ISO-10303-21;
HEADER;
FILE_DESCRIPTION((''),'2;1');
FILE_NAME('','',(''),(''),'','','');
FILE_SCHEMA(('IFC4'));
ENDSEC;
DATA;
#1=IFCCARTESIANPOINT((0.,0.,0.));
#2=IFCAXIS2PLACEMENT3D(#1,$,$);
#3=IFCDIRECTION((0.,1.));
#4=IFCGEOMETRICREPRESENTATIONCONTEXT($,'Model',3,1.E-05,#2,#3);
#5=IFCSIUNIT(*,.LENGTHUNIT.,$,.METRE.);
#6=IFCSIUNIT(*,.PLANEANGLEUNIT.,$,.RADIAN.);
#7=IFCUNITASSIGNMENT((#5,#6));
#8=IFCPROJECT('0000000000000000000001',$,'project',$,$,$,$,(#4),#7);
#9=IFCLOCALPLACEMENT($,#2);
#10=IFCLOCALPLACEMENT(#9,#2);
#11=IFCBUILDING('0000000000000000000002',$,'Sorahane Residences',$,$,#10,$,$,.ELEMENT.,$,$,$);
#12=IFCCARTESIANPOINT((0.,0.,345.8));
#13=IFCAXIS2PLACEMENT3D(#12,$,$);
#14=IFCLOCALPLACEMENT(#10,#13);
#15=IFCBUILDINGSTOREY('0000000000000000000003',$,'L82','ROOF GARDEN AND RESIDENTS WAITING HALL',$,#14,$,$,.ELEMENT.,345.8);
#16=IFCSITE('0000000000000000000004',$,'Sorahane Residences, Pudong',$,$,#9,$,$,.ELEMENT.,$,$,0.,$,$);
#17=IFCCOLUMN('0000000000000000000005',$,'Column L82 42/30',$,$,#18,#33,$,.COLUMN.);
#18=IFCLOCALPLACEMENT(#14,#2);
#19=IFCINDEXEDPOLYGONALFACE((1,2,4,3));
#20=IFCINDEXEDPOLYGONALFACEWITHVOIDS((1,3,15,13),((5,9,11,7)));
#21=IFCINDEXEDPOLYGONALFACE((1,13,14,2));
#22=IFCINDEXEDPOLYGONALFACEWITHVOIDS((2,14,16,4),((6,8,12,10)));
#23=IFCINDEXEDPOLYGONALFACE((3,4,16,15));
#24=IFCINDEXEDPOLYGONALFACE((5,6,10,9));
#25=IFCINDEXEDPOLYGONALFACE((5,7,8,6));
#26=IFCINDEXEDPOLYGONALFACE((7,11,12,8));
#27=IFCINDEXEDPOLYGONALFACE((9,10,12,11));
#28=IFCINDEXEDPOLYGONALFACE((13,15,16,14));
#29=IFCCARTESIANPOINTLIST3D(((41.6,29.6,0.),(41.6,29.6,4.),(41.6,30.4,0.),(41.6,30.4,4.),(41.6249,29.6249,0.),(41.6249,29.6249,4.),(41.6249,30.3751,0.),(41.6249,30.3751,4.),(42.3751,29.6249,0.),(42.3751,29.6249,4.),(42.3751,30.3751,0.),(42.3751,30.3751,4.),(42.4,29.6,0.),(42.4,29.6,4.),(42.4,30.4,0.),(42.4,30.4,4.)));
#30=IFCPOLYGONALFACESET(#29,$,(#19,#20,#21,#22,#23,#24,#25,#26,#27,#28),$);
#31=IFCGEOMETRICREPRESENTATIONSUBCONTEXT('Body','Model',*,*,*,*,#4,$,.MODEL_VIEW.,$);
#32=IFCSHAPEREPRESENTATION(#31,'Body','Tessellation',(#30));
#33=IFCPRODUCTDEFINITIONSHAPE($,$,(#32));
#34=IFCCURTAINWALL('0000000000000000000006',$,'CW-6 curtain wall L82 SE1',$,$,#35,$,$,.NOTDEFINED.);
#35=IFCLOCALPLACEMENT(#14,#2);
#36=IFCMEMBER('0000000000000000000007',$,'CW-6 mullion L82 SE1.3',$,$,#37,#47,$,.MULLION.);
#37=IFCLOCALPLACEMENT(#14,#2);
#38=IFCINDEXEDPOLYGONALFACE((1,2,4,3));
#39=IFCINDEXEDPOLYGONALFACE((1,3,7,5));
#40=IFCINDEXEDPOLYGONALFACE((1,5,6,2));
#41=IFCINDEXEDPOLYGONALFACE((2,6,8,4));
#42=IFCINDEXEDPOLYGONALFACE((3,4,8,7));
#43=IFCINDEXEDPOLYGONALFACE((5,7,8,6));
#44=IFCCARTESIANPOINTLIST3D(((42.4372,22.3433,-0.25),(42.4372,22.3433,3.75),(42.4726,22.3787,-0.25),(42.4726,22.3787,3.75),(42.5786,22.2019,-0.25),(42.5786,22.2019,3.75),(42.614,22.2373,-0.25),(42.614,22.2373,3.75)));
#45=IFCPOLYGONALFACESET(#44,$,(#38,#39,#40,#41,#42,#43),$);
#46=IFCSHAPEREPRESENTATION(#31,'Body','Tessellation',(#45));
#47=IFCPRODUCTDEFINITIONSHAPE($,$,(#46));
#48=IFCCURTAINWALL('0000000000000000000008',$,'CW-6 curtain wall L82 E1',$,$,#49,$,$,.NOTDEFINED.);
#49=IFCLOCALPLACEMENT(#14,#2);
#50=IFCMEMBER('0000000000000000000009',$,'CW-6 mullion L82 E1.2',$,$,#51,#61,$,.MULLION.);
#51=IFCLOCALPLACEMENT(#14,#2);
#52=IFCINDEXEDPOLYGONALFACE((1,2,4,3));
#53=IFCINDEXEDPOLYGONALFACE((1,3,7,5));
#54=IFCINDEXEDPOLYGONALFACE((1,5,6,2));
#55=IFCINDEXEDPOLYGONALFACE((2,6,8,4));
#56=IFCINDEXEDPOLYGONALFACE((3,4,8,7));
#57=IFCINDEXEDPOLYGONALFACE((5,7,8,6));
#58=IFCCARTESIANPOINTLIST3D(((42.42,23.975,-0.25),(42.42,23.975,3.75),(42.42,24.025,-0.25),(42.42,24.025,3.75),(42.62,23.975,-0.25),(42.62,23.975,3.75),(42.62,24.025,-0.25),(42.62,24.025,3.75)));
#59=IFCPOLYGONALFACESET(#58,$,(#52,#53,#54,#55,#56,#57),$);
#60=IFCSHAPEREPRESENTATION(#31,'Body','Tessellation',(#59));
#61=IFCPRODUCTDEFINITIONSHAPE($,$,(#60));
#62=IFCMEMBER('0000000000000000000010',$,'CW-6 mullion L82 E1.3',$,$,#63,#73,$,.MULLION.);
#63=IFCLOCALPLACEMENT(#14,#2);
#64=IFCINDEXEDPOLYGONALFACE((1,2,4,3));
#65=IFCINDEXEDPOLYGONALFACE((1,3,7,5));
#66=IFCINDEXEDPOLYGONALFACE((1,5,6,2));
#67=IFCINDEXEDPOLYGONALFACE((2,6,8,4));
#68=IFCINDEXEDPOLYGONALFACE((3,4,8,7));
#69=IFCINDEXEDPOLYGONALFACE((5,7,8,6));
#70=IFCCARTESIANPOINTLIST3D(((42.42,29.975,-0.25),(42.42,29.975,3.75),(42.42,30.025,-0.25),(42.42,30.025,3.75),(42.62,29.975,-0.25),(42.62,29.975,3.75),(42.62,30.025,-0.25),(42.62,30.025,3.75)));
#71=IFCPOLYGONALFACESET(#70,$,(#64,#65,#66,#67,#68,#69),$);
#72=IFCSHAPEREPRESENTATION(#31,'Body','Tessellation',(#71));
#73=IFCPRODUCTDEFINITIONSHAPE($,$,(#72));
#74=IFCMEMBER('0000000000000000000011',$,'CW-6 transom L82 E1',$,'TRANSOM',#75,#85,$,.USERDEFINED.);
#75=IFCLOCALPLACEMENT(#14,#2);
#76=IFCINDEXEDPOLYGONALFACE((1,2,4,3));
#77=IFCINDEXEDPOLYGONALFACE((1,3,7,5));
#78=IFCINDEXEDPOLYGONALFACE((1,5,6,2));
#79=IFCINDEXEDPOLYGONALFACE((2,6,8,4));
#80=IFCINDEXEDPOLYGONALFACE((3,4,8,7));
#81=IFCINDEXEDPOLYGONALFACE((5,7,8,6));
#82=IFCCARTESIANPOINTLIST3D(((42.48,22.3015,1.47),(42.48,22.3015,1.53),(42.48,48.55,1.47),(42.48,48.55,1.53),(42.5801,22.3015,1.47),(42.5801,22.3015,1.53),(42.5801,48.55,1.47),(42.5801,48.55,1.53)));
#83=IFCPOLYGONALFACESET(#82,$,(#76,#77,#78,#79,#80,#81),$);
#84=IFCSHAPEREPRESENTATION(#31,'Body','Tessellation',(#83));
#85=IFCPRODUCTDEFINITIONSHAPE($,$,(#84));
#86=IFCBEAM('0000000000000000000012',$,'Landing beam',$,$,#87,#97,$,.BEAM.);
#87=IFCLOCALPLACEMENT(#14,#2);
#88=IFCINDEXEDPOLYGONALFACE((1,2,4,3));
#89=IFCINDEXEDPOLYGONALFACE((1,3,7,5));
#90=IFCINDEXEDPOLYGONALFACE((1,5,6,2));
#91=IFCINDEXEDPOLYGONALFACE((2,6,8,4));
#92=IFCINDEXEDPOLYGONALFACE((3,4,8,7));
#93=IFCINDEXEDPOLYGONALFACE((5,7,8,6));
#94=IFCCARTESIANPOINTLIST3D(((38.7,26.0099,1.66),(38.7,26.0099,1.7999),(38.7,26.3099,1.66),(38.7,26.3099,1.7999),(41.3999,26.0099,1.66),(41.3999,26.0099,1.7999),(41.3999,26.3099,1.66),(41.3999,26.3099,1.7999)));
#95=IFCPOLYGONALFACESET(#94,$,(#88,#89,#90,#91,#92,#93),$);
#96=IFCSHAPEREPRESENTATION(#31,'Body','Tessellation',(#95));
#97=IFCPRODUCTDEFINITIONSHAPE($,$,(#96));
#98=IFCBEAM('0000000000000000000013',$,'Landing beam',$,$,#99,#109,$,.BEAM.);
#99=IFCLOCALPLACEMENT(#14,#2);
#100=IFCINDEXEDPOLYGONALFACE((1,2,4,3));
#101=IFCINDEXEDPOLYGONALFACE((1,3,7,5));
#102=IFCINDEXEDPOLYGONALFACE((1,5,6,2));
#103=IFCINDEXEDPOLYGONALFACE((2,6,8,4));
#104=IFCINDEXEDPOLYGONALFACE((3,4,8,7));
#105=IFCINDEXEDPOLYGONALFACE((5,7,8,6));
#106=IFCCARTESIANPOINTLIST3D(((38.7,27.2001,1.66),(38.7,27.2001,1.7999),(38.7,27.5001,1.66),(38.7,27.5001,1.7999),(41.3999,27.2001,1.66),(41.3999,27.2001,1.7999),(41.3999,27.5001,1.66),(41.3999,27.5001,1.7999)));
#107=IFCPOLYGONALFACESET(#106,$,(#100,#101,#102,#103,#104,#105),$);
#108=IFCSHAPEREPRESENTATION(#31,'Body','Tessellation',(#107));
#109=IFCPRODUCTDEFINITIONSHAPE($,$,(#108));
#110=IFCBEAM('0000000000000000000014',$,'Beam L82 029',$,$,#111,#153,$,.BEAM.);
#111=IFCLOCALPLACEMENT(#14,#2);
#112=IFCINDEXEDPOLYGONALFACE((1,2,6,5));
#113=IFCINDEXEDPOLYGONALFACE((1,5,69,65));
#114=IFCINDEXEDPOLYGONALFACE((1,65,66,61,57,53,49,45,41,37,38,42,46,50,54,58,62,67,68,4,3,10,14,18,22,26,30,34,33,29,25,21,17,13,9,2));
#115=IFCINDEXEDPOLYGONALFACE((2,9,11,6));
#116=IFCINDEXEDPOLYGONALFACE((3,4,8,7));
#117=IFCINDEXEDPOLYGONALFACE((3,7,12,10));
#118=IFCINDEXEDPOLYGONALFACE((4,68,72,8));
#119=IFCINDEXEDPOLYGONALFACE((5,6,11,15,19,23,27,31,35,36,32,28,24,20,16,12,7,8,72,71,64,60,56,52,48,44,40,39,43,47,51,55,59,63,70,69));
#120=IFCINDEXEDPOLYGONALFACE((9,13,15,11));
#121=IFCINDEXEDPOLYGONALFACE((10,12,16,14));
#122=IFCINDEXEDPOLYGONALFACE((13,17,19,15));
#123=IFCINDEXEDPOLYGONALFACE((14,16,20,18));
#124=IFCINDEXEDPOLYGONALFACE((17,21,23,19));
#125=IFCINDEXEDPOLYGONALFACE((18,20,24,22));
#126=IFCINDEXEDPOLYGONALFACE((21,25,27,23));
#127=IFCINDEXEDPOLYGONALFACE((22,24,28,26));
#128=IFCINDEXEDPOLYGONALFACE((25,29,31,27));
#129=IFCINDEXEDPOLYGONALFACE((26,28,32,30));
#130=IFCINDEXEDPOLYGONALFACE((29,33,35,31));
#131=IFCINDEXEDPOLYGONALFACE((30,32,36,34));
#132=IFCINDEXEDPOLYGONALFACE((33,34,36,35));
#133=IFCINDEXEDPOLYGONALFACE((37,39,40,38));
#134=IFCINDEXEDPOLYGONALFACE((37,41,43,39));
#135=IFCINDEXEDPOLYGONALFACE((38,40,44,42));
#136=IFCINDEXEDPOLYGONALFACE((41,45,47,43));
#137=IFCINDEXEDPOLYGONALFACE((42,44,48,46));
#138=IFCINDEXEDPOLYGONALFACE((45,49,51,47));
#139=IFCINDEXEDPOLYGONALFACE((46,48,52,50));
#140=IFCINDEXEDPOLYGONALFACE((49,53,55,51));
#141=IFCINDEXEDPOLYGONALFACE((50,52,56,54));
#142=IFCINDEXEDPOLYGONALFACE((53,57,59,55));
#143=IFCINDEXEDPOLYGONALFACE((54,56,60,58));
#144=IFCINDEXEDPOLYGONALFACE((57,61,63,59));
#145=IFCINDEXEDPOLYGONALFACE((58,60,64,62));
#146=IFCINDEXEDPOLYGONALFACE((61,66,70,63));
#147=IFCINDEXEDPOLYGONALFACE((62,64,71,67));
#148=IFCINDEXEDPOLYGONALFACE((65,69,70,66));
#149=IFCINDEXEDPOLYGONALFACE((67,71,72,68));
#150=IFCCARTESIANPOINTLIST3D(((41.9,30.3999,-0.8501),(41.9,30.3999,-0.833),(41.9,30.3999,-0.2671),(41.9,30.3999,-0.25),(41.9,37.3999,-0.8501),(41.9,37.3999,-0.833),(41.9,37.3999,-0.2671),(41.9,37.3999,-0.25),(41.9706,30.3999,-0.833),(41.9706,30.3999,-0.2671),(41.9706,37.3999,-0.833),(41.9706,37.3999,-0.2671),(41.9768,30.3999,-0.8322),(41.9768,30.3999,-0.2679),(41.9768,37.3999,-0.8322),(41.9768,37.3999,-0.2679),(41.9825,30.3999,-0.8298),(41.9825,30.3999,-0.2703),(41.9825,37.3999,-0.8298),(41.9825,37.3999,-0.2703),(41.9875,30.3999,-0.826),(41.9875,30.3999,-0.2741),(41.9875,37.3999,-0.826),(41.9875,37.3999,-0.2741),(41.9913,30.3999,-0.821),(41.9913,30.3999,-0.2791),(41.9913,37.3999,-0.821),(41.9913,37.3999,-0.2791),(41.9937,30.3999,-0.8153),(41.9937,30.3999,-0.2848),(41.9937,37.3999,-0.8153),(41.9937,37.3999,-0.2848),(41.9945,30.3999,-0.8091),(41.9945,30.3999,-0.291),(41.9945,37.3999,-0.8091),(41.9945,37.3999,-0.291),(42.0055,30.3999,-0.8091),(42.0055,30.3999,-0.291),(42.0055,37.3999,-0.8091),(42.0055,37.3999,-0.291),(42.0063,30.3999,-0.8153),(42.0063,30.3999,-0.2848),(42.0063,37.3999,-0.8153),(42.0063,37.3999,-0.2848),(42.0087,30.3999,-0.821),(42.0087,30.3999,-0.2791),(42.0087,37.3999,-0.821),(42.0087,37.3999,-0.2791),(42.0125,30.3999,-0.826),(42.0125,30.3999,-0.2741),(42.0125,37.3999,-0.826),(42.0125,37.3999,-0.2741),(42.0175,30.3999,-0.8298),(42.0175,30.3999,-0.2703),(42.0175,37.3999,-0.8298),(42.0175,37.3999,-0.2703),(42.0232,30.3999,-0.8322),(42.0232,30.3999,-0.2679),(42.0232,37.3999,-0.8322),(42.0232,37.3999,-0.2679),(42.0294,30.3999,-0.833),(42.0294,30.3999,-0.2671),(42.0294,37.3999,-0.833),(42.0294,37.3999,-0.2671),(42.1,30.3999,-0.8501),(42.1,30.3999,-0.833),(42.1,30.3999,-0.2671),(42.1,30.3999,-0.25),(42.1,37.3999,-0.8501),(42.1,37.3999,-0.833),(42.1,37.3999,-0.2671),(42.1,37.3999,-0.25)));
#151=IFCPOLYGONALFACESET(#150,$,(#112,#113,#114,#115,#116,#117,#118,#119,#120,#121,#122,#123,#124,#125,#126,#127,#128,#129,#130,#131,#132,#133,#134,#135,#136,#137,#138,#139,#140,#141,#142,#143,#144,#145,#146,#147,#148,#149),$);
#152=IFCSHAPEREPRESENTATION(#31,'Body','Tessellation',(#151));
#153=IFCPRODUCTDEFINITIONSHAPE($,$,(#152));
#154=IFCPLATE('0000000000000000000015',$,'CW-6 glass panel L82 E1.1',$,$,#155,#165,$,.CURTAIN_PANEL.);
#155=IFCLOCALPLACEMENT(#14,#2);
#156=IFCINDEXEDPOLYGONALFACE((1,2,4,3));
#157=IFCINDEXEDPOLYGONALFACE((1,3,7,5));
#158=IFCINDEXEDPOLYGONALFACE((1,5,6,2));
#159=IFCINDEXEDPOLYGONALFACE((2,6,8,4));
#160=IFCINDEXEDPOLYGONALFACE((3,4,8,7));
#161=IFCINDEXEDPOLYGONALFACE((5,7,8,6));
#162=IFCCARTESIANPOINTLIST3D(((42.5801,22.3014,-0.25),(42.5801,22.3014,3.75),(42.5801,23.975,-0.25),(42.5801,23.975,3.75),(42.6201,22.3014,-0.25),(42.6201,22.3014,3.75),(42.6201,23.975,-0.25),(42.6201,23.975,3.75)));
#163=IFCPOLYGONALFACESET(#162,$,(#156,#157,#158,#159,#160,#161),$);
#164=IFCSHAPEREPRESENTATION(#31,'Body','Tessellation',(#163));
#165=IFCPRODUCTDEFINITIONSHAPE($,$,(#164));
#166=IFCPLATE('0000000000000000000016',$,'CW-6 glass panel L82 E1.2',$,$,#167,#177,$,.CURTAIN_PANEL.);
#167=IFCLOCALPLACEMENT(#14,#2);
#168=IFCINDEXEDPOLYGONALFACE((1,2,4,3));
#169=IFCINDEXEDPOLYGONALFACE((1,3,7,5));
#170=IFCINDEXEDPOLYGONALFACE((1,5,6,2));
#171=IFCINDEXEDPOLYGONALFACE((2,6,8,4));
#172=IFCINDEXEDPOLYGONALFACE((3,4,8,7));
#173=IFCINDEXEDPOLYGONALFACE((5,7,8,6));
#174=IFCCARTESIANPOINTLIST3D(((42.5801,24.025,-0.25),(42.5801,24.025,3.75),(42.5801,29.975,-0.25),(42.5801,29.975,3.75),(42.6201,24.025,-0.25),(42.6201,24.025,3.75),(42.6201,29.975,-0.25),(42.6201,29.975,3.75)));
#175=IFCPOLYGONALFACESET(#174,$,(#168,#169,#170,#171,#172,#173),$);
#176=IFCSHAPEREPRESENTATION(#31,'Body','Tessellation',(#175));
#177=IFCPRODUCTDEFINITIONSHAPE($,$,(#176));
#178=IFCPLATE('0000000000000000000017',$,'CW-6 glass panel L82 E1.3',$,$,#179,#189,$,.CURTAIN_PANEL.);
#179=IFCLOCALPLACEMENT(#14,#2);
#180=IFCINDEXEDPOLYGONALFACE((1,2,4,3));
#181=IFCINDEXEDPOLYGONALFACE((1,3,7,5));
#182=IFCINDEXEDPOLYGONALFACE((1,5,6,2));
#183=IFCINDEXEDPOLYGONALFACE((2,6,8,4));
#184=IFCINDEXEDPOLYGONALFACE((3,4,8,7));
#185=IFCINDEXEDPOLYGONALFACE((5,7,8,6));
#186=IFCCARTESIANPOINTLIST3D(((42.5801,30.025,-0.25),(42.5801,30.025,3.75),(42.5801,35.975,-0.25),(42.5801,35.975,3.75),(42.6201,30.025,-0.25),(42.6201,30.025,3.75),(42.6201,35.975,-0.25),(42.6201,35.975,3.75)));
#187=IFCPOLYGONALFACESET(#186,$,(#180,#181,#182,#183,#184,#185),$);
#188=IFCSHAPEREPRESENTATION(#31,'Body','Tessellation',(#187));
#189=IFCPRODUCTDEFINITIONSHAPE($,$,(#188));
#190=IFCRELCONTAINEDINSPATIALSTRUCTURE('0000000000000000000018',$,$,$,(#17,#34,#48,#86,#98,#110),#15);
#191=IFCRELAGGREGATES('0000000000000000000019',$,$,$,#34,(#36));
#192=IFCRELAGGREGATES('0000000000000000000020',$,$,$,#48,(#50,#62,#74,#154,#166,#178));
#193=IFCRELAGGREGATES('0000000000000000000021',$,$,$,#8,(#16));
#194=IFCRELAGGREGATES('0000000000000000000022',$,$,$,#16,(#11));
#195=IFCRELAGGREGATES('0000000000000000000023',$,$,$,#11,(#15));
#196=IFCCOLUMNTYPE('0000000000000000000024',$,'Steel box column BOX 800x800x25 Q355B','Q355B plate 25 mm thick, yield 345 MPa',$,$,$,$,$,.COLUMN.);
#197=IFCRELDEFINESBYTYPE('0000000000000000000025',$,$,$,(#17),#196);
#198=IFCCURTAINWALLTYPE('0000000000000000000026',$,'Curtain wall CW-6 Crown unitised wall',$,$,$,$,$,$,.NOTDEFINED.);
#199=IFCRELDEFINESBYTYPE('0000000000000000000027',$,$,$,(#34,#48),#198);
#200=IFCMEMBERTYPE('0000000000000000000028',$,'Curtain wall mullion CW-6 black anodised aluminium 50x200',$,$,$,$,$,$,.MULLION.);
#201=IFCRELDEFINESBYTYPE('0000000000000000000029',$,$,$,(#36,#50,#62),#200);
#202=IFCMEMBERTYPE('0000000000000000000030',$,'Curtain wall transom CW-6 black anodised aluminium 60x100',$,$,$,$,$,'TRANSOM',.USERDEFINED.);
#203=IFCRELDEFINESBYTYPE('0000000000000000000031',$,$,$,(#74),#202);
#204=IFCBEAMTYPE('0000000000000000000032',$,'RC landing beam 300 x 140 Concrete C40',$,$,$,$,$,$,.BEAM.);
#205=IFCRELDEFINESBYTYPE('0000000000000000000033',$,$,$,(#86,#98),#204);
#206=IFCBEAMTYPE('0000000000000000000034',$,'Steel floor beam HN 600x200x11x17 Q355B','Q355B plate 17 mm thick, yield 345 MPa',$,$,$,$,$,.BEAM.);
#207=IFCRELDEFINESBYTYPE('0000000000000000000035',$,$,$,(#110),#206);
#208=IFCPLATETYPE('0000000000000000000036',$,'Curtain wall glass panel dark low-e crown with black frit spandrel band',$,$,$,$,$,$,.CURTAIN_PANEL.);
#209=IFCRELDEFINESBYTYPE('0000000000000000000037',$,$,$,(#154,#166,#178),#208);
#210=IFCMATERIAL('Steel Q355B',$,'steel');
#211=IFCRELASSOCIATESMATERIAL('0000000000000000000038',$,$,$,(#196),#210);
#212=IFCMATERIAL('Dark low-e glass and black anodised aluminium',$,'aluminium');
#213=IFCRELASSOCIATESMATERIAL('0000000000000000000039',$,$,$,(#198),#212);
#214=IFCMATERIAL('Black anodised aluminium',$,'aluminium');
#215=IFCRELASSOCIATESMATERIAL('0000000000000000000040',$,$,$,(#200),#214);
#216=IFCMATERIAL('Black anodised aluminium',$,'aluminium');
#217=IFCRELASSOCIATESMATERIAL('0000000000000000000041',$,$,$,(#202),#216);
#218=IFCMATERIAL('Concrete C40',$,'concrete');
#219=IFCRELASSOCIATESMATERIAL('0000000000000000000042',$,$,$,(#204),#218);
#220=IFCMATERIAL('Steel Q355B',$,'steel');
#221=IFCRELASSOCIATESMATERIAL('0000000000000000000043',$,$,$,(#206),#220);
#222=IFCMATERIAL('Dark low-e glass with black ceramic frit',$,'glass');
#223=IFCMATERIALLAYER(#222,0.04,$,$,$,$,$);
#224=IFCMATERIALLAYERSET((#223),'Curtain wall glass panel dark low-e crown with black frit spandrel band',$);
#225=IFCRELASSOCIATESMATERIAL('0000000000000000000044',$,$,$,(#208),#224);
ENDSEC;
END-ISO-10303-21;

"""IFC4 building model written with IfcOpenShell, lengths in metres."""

from ifc_helpers import new_model, si_unit, direction, frame, origin, origin_2d, place, context, subcontext, project, spatial, rectangle, hollow_rectangle, i_section, extrude, material, layer, layer_set, material_profile, profile_set, type_object, element, aggregate, save


model = new_model("IFC4")

# Units and contexts
model_context = context("Model", 3, precision=1e-05, world=origin(), true_north=direction((0.0, 1.0)))
body_context = subcontext(model_context, "Body", "Model", "MODEL_VIEW")
ifc_project = project(units=[si_unit("LENGTHUNIT", "METRE"), si_unit("PLANEANGLEUNIT", "RADIAN")], contexts=[model_context])

# Site, building, storey
site_placement = place(None, origin())
site = spatial("IfcSite", under=ifc_project, at=site_placement, Name="Sorahane Residences, Pudong", CompositionType="ELEMENT", RefElevation=0.0)
building_placement = place(site_placement, origin())
building = spatial("IfcBuilding", under=site, at=building_placement, Name="Sorahane Residences", CompositionType="ELEMENT")
storey_placement = place(building_placement, frame((0.0, 0.0, 345.8)))
storey = spatial("IfcBuildingStorey", under=building, at=storey_placement, Name="L82", Description="ROOF GARDEN AND RESIDENTS WAITING HALL", CompositionType="ELEMENT", Elevation=345.8)

# Column
ifc_material_1 = material(Name="Steel Q355B", Category="steel")
ifc_material_profile_1 = material_profile(ifc_material_1, hollow_rectangle(XDim=0.8, YDim=0.8, WallThickness=0.0249, at=origin_2d()), Name="BOX 800x800x25")
ifc_profile_set_1 = profile_set([ifc_material_profile_1], Name="Steel Q355B")
column_type = type_object("IfcColumnType", Name="Steel box column BOX 800x800x25 Q355B", Description="Q355B plate 25 mm thick, yield 345 MPa", PredefinedType="COLUMN", material=ifc_profile_set_1)
column_placement = place(storey_placement, frame((42.0, 30.0, 0.0), z_axis=(0.0, 0.0, 1.0), x_axis=(1.0, 0.0, 0.0)))
element("IfcColumn", 1, at=column_placement, inside=storey, type_object=column_type, Name="Column L82 42/30", PredefinedType="COLUMN", context=body_context, shape_type="SweptSolid", body=[
    extrude(hollow_rectangle(XDim=0.8, YDim=0.8, WallThickness=0.0249, at=origin_2d()), origin(), (0.0, 0.0, 1.0), 4.0),
])

# Curtain wall, member
ifc_material_2 = material(Name="Dark low-e glass and black anodised aluminium", Category="aluminium")
curtain_wall_type = type_object("IfcCurtainWallType", Name="Curtain wall CW-6 Crown unitised wall", PredefinedType="NOTDEFINED", material=ifc_material_2)
curtain_wall_1_placement = place(storey_placement, origin())
curtain_wall_1 = element("IfcCurtainWall", 2, at=curtain_wall_1_placement, inside=storey, type_object=curtain_wall_type, Name="CW-6 curtain wall L82 SE1", PredefinedType="NOTDEFINED")
ifc_material_3 = material(Name="Black anodised aluminium", Category="aluminium")
ifc_material_profile_2 = material_profile(ifc_material_3, rectangle(XDim=0.2, YDim=0.05, at=origin_2d()), Name="Curtain wall mullion CW-6 black anodised aluminium 50x200")
ifc_profile_set_2 = profile_set([ifc_material_profile_2], Name="Black anodised aluminium")
member_type_1 = type_object("IfcMemberType", Name="Curtain wall mullion CW-6 black anodised aluminium 50x200", PredefinedType="MULLION", material=ifc_profile_set_2)
member_1_placement = place(storey_placement, frame((42.5256, 22.2903, -0.25), z_axis=(0.0, 0.0, 1.0), x_axis=(0.707107, -0.707107, 0.0)))
member_1 = element("IfcMember", 3, at=member_1_placement, type_object=member_type_1, Name="CW-6 mullion L82 SE1.3", PredefinedType="MULLION", context=body_context, shape_type="SweptSolid", body=[
    extrude(rectangle(XDim=0.2, YDim=0.05, at=origin_2d()), origin(), (0.0, 0.0, 1.0), 4.0),
])
aggregate(curtain_wall_1, [member_1])

# Curtain wall, members
curtain_wall_2_placement = place(storey_placement, origin())
curtain_wall_2 = element("IfcCurtainWall", 4, at=curtain_wall_2_placement, inside=storey, type_object=curtain_wall_type, Name="CW-6 curtain wall L82 E1", PredefinedType="NOTDEFINED")
member_2_placement = place(storey_placement, frame((42.52, 24.0, -0.25), z_axis=(0.0, 0.0, 1.0), x_axis=(1.0, 0.0, 0.0)))
member_2 = element("IfcMember", 5, at=member_2_placement, type_object=member_type_1, Name="CW-6 mullion L82 E1.2", PredefinedType="MULLION", context=body_context, shape_type="SweptSolid", body=[
    extrude(rectangle(XDim=0.2, YDim=0.05, at=origin_2d()), origin(), (0.0, 0.0, 1.0), 4.0),
])
member_3_placement = place(storey_placement, frame((42.52, 30.0, -0.25), z_axis=(0.0, 0.0, 1.0), x_axis=(1.0, 0.0, 0.0)))
member_3 = element("IfcMember", 6, at=member_3_placement, type_object=member_type_1, Name="CW-6 mullion L82 E1.3", PredefinedType="MULLION", context=body_context, shape_type="SweptSolid", body=[
    extrude(rectangle(XDim=0.2, YDim=0.05, at=origin_2d()), origin(), (0.0, 0.0, 1.0), 4.0),
])
ifc_material_4 = material(Name="Black anodised aluminium", Category="aluminium")
ifc_material_profile_3 = material_profile(ifc_material_4, rectangle(XDim=0.1001, YDim=0.0601, at=origin_2d()), Name="Curtain wall transom CW-6 black anodised aluminium 60x100")
ifc_profile_set_3 = profile_set([ifc_material_profile_3], Name="Black anodised aluminium")
member_type_2 = type_object("IfcMemberType", Name="Curtain wall transom CW-6 black anodised aluminium 60x100", ElementType="TRANSOM", PredefinedType="USERDEFINED", material=ifc_profile_set_3)
member_4_placement = place(storey_placement, frame((42.53, 22.3015, 1.5), z_axis=(0.0, 1.0, 0.0), x_axis=(-1.0, 0.0, 0.0)))
member_4 = element("IfcMember", 7, at=member_4_placement, type_object=member_type_2, Name="CW-6 transom L82 E1", ObjectType="TRANSOM", PredefinedType="USERDEFINED", context=body_context, shape_type="SweptSolid", body=[
    extrude(rectangle(XDim=0.1001, YDim=0.0601, at=origin_2d()), origin(), (0.0, 0.0, 1.0), 26.2485),
])

# Beams
ifc_material_5 = material(Name="Concrete C40", Category="concrete")
ifc_material_profile_4 = material_profile(ifc_material_5, rectangle(XDim=0.3, YDim=0.1399, at=origin_2d()), Name="300x140")
ifc_profile_set_4 = profile_set([ifc_material_profile_4], Name="Concrete C40")
beam_type_1 = type_object("IfcBeamType", Name="RC landing beam 300 x 140 Concrete C40", PredefinedType="BEAM", material=ifc_profile_set_4)
for number, where, z_axis, x_axis, name in (
    (8, (38.7, 26.1599, 1.73), (1.0, 0.0, 0.0), (0.0, 1.0, 0.0), "Landing beam"),
    (9, (38.7, 27.3501, 1.73), (1.0, 0.0, 0.0), (0.0, 1.0, 0.0), "Landing beam"),
):
    element("IfcBeam", number, at=place(storey_placement, frame(where, z_axis=z_axis, x_axis=x_axis)), inside=storey, type_object=beam_type_1, Name=name, PredefinedType="BEAM", context=body_context, shape_type="SweptSolid", body=[
        extrude(rectangle(XDim=0.3, YDim=0.1399, at=origin_2d()), origin(), (0.0, 0.0, 1.0), 2.7),
    ])
ifc_material_6 = material(Name="Steel Q355B", Category="steel")
ifc_material_profile_5 = material_profile(ifc_material_6, i_section(OverallWidth=0.2, OverallDepth=0.6001, WebThickness=0.011, FlangeThickness=0.0171, FilletRadius=0.0239, at=origin_2d()), Name="HN 600x200x11x17")
ifc_profile_set_5 = profile_set([ifc_material_profile_5], Name="Steel Q355B")
beam_type_2 = type_object("IfcBeamType", Name="Steel floor beam HN 600x200x11x17 Q355B", Description="Q355B plate 17 mm thick, yield 345 MPa", PredefinedType="BEAM", material=ifc_profile_set_5)
beam_placement = place(storey_placement, frame((42.0, 30.3999, -0.55), z_axis=(0.0, 1.0, 0.0), x_axis=(-1.0, 0.0, 0.0)))
element("IfcBeam", 10, at=beam_placement, inside=storey, type_object=beam_type_2, Name="Beam L82 029", PredefinedType="BEAM", context=body_context, shape_type="SweptSolid", body=[
    extrude(i_section(OverallWidth=0.2, OverallDepth=0.6001, WebThickness=0.011, FlangeThickness=0.0171, FilletRadius=0.0239, at=origin_2d()), origin(), (0.0, 0.0, 1.0), 7.0),
])

# Plates
ifc_material_7 = material(Name="Dark low-e glass with black ceramic frit", Category="glass")
ifc_layer_1 = layer(ifc_material_7, 0.04)
ifc_layer_set_1 = layer_set([ifc_layer_1], Name="Curtain wall glass panel dark low-e crown with black frit spandrel band")
plate_type = type_object("IfcPlateType", Name="Curtain wall glass panel dark low-e crown with black frit spandrel band", PredefinedType="CURTAIN_PANEL", material=ifc_layer_set_1)
plate_1_placement = place(storey_placement, frame((42.6001, 23.1382, -0.25), z_axis=(0.0, 0.0, 1.0), x_axis=(0.0, 1.0, 0.0)))
plate_1 = element("IfcPlate", 11, at=plate_1_placement, type_object=plate_type, Name="CW-6 glass panel L82 E1.1", PredefinedType="CURTAIN_PANEL", context=body_context, shape_type="SweptSolid", body=[
    extrude(rectangle(XDim=1.6736, YDim=0.04, at=origin_2d()), origin(), (0.0, 0.0, 1.0), 4.0),
])
plate_2_placement = place(storey_placement, frame((42.6001, 27.0, -0.25), z_axis=(0.0, 0.0, 1.0), x_axis=(0.0, 1.0, 0.0)))
plate_2 = element("IfcPlate", 12, at=plate_2_placement, type_object=plate_type, Name="CW-6 glass panel L82 E1.2", PredefinedType="CURTAIN_PANEL", context=body_context, shape_type="SweptSolid", body=[
    extrude(rectangle(XDim=5.95, YDim=0.04, at=origin_2d()), origin(), (0.0, 0.0, 1.0), 4.0),
])
plate_3_placement = place(storey_placement, frame((42.6001, 33.0, -0.25), z_axis=(0.0, 0.0, 1.0), x_axis=(0.0, 1.0, 0.0)))
plate_3 = element("IfcPlate", 13, at=plate_3_placement, type_object=plate_type, Name="CW-6 glass panel L82 E1.3", PredefinedType="CURTAIN_PANEL", context=body_context, shape_type="SweptSolid", body=[
    extrude(rectangle(XDim=5.95, YDim=0.04, at=origin_2d()), origin(), (0.0, 0.0, 1.0), 4.0),
])
aggregate(curtain_wall_2, [member_2, member_3, member_4, plate_1, plate_2, plate_3])

save(model, "model.ifc")
